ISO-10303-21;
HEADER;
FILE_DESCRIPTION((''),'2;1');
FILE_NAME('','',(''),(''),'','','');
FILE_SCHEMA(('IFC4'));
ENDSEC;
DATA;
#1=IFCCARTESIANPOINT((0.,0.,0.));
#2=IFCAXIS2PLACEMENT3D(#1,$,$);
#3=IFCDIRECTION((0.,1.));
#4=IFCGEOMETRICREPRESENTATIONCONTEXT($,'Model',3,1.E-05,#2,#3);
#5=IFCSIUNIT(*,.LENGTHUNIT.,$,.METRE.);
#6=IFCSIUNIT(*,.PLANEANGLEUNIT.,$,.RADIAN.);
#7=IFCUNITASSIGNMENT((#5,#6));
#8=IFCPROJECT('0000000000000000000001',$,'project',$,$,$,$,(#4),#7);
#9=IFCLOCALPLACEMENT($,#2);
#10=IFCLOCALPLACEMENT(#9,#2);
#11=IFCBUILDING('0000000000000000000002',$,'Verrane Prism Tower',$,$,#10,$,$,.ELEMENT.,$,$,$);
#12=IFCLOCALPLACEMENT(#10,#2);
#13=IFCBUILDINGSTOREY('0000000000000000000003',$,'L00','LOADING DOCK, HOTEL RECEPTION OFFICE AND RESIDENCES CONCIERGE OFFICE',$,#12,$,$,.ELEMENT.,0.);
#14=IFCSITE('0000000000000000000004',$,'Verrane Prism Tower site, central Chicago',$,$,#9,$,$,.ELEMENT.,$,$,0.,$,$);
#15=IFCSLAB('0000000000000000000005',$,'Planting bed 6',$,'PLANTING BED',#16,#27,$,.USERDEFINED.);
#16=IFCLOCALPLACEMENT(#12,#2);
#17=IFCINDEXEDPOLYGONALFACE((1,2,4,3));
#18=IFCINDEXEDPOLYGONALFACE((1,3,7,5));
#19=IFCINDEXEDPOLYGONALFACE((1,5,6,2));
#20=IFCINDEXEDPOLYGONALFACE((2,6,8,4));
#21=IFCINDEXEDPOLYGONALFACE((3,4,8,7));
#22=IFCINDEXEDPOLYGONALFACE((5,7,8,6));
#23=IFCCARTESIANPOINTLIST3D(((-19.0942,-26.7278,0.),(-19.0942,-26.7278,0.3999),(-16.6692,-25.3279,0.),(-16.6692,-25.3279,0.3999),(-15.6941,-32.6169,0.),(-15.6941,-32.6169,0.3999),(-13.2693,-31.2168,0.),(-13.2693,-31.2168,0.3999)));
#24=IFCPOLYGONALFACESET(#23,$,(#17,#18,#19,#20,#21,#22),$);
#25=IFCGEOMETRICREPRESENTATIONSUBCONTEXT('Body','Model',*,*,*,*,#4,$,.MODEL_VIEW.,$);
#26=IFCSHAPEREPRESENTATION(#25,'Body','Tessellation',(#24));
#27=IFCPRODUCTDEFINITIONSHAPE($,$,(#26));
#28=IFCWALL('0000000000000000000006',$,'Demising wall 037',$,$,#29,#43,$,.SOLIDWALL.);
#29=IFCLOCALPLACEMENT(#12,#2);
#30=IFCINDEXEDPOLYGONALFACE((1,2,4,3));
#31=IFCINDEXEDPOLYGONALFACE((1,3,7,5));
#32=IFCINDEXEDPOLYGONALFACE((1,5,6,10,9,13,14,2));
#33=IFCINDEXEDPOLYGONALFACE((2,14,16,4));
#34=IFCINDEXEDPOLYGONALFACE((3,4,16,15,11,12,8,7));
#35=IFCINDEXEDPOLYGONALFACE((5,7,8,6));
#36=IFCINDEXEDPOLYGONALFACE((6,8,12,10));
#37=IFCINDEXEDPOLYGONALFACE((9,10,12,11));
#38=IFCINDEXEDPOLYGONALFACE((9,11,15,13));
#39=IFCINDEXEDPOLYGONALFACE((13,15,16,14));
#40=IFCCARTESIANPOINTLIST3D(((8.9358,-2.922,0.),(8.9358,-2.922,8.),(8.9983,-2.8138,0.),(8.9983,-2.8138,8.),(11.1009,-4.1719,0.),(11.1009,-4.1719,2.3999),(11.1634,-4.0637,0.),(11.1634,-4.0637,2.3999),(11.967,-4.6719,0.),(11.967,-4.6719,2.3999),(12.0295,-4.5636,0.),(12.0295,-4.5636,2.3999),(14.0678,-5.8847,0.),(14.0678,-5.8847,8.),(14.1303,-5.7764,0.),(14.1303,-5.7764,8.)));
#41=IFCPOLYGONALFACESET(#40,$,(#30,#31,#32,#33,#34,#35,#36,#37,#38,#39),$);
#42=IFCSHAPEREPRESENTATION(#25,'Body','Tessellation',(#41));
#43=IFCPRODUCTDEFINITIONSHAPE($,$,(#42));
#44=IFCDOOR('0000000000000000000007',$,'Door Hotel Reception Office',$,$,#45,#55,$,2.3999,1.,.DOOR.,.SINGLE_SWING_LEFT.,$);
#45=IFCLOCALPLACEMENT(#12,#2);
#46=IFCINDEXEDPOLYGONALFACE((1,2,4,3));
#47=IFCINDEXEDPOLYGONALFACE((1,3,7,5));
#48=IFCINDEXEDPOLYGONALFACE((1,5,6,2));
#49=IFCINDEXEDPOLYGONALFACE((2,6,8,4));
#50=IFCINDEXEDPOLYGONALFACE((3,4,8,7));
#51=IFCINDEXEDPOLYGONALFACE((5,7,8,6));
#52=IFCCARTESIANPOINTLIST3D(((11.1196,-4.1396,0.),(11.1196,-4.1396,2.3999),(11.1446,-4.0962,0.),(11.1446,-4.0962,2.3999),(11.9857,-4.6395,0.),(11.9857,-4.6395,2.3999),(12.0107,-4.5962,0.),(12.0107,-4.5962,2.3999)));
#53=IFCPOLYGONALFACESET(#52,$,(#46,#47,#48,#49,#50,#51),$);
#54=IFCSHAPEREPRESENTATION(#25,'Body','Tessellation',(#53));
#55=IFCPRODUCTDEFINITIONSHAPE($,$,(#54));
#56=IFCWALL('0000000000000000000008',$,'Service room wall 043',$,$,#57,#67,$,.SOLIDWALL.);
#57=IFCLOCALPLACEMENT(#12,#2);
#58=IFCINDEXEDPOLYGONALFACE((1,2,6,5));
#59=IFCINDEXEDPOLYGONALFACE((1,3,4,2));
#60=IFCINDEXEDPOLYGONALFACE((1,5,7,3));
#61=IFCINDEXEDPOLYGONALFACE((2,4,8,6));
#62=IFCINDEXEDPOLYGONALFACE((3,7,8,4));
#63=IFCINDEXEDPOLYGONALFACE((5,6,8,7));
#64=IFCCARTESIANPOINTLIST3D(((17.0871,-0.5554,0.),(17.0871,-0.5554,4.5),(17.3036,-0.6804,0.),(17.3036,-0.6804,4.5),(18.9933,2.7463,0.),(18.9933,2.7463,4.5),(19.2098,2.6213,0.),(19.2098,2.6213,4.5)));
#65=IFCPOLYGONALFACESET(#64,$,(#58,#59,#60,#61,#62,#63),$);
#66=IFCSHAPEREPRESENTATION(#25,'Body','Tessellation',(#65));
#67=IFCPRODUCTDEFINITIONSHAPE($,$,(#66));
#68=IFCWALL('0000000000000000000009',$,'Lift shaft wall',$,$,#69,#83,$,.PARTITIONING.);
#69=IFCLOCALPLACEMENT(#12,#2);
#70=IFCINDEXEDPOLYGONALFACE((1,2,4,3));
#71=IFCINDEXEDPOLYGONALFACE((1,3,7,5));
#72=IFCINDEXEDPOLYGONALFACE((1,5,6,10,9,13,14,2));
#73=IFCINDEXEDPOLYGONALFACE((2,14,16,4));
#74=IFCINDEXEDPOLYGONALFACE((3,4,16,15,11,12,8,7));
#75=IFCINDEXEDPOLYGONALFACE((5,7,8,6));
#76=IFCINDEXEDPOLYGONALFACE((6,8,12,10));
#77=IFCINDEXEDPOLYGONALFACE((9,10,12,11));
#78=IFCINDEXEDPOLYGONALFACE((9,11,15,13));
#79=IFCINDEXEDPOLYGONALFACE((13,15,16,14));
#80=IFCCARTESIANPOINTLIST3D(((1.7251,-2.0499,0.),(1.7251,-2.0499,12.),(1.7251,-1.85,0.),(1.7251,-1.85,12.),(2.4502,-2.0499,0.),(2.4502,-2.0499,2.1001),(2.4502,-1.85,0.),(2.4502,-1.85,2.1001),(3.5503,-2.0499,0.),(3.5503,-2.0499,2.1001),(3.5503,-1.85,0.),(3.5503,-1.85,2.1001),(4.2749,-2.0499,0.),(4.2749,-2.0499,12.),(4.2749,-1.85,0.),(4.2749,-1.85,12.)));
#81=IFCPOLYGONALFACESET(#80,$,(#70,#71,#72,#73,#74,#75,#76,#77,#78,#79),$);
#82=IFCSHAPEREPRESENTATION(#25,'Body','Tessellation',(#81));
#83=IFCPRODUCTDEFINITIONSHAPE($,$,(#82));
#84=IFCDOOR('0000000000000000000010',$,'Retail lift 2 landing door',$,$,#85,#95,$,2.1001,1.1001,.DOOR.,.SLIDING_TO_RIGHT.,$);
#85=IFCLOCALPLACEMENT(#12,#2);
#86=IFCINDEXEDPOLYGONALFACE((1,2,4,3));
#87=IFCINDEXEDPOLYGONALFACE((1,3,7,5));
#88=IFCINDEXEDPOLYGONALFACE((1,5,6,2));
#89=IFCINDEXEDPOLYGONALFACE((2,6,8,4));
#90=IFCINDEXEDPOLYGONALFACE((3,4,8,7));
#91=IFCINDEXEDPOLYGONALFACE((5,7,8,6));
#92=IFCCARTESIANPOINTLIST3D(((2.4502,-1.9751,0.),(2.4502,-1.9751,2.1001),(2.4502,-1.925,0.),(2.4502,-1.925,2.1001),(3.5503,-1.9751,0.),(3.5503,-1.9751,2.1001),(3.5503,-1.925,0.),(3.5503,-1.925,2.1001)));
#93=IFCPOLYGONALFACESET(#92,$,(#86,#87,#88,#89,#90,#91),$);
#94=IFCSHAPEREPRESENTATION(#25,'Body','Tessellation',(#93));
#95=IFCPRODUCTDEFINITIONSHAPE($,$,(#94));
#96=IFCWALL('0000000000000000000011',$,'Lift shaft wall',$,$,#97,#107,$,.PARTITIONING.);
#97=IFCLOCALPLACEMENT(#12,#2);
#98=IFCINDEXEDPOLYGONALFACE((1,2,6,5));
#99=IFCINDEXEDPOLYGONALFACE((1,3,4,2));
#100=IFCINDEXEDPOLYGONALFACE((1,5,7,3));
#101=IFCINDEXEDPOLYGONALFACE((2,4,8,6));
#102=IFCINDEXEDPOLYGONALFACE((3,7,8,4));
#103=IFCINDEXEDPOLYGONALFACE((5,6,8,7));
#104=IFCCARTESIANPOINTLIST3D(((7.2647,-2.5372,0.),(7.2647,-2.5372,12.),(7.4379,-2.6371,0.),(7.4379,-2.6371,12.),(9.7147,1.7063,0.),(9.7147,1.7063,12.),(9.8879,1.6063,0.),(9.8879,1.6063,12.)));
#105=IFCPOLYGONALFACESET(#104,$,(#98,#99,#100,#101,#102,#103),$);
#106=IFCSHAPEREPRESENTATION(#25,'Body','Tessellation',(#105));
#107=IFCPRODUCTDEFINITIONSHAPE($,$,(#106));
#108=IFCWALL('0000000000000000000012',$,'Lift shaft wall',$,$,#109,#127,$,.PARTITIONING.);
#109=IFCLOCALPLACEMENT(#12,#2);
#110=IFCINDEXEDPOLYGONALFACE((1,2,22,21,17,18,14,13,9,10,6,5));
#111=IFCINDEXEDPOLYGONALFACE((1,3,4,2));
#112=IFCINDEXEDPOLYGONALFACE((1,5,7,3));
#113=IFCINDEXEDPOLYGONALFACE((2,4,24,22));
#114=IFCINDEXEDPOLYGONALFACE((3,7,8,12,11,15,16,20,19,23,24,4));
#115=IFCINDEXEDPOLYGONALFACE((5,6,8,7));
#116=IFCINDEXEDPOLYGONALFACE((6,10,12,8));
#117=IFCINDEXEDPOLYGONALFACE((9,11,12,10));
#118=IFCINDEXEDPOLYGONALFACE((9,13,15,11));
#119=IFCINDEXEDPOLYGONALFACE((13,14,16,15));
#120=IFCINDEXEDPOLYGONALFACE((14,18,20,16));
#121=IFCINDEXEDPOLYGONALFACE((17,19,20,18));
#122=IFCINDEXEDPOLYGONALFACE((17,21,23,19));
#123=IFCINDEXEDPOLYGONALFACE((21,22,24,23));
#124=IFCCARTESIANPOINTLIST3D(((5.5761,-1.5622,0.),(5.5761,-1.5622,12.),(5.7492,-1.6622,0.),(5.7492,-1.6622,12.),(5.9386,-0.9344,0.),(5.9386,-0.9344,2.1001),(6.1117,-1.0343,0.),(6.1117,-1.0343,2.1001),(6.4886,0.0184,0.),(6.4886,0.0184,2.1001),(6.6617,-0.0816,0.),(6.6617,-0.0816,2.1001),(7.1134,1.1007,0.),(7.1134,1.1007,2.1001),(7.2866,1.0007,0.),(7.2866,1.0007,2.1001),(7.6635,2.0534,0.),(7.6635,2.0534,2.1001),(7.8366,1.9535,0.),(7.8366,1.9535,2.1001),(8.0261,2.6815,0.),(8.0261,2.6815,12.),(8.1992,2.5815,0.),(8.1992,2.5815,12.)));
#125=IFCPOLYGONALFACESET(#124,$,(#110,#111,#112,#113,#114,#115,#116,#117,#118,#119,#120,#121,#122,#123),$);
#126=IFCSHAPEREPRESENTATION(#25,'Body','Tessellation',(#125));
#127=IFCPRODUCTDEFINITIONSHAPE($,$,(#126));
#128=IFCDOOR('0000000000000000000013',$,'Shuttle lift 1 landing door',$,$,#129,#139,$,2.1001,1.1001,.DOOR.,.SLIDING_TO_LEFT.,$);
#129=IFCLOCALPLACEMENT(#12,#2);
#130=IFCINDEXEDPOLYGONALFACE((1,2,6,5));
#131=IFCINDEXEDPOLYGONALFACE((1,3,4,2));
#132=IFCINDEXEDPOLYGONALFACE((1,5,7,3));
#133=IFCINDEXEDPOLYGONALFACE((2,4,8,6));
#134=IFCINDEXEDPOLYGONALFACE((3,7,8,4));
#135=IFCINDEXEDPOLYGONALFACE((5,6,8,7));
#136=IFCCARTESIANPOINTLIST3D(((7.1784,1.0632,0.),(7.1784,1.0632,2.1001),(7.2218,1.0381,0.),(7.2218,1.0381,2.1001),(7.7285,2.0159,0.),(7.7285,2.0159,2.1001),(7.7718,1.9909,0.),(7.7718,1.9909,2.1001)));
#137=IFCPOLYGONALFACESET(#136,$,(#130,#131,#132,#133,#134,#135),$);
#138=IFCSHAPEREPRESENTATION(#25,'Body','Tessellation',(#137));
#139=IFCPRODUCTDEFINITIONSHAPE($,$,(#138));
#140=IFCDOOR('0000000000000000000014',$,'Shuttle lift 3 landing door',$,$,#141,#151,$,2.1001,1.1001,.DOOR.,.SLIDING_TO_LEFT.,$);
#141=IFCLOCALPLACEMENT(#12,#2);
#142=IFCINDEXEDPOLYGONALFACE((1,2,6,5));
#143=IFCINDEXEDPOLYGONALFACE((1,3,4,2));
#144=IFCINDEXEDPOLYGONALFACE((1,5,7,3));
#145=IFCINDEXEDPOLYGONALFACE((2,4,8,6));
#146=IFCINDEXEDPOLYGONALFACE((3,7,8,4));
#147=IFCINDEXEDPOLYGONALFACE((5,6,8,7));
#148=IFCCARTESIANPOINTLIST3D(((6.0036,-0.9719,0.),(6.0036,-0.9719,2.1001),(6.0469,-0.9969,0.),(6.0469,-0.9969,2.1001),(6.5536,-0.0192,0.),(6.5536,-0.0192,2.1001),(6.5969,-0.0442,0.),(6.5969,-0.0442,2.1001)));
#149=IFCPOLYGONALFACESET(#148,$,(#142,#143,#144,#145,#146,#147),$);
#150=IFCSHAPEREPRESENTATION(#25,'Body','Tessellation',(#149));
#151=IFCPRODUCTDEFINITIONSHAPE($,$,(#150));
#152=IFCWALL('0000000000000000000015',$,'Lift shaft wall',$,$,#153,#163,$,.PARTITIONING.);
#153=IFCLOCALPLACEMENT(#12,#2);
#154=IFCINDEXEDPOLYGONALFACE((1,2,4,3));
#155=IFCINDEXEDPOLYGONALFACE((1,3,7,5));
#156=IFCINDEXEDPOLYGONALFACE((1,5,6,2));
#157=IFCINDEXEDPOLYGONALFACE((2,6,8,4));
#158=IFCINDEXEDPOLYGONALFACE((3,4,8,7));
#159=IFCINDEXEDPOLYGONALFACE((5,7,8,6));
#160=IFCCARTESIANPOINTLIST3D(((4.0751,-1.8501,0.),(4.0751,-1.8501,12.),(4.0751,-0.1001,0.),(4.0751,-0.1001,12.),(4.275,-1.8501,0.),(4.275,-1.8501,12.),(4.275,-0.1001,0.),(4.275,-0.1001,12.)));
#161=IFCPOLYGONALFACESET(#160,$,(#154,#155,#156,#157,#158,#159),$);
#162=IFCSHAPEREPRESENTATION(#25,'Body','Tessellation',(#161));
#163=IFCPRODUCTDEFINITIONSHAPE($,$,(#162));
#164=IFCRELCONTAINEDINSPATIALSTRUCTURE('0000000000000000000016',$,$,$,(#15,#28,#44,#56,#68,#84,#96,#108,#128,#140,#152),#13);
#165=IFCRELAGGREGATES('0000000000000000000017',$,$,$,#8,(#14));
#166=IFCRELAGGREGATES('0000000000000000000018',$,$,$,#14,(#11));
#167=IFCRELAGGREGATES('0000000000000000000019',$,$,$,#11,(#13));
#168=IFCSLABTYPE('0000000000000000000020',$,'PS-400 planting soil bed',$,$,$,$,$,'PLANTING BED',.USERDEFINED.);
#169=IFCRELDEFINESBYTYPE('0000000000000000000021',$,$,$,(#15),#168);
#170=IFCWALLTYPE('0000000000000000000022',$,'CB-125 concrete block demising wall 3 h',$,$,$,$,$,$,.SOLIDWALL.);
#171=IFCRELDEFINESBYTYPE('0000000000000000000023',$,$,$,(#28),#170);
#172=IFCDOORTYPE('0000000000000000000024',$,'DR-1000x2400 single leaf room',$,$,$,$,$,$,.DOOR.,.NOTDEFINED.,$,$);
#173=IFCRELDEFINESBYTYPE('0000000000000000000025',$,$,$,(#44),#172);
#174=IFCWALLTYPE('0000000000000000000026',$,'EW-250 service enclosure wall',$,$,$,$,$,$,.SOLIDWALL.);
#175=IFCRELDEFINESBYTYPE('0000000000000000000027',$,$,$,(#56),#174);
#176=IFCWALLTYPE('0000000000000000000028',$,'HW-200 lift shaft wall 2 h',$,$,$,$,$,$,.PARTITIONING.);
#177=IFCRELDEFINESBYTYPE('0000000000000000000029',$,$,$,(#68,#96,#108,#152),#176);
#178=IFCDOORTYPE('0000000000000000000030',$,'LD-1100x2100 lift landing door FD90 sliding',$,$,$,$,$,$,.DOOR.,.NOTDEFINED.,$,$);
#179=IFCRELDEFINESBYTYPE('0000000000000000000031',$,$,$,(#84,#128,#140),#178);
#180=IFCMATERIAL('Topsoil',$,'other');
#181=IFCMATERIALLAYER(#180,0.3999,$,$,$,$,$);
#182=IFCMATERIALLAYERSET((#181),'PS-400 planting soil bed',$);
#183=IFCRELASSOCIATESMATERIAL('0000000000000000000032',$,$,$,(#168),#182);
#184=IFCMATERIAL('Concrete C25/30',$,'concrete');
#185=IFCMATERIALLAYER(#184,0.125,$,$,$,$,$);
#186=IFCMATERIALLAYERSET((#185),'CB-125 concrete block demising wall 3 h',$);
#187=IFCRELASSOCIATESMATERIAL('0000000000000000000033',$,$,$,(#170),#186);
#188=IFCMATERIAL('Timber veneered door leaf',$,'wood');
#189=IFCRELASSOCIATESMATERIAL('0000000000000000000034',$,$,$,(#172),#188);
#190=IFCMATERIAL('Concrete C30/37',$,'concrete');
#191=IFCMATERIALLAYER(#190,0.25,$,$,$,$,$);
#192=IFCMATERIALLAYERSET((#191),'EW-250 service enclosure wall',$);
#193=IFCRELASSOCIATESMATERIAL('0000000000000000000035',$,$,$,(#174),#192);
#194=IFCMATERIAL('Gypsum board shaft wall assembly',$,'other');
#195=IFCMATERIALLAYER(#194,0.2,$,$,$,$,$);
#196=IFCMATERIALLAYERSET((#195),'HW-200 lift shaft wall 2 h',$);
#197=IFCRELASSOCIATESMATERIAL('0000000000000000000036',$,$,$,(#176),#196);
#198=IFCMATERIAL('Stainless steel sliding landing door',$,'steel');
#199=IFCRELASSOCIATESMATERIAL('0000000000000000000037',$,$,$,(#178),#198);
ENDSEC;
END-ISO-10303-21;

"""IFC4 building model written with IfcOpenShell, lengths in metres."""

from ifc_helpers import new_model, si_unit, direction, frame, frame_2d, origin, place, context, subcontext, project, spatial, polyline, rectangle, outline, extrude, material, layer, layer_set, type_object, element, fill, save


model = new_model("IFC4")

# Units and contexts
model_context = context("Model", 3, precision=1e-05, world=origin(), true_north=direction((0.0, 1.0)))
body_context = subcontext(model_context, "Body", "Model", "MODEL_VIEW")
ifc_project = project(units=[si_unit("LENGTHUNIT", "METRE"), si_unit("PLANEANGLEUNIT", "RADIAN")], contexts=[model_context])

# Site, building, storey
site_placement = place(None, origin())
site = spatial("IfcSite", under=ifc_project, at=site_placement, Name="Verrane Prism Tower site, central Chicago", CompositionType="ELEMENT", RefElevation=0.0)
building_placement = place(site_placement, origin())
building = spatial("IfcBuilding", under=site, at=building_placement, Name="Verrane Prism Tower", CompositionType="ELEMENT")
storey_placement = place(building_placement, origin())
storey = spatial("IfcBuildingStorey", under=building, at=storey_placement, Name="L00", Description="LOADING DOCK, HOTEL RECEPTION OFFICE AND RESIDENCES CONCIERGE OFFICE", CompositionType="ELEMENT", Elevation=0.0)

# Slab
ifc_material_1 = material(Name="Topsoil", Category="other")
ifc_layer_1 = layer(ifc_material_1, 0.3999)
ifc_layer_set_1 = layer_set([ifc_layer_1], Name="PS-400 planting soil bed")
slab_type = type_object("IfcSlabType", Name="PS-400 planting soil bed", ElementType="PLANTING BED", PredefinedType="USERDEFINED", material=ifc_layer_set_1)
slab_placement = place(storey_placement, origin())
element("IfcSlab", 1, at=slab_placement, inside=storey, type_object=slab_type, Name="Planting bed 6", ObjectType="PLANTING BED", PredefinedType="USERDEFINED", context=body_context, shape_type="SweptSolid", body=[
    extrude(outline(polyline([(-19.0942, -26.7278), (-15.6941, -32.6169), (-13.2693, -31.2168), (-16.6692, -25.3279), (-19.0942, -26.7278)])), origin(), (0.0, 0.0, 1.0), 0.3999),
])

# Wall, opening, door
ifc_material_2 = material(Name="Concrete C25/30", Category="concrete")
ifc_layer_2 = layer(ifc_material_2, 0.125)
ifc_layer_set_2 = layer_set([ifc_layer_2], Name="CB-125 concrete block demising wall 3 h")
wall_type_1 = type_object("IfcWallType", Name="CB-125 concrete block demising wall 3 h", PredefinedType="SOLIDWALL", material=ifc_layer_set_2)
wall_1_placement = place(storey_placement, frame((8.967, -2.8679, 0.0), z_axis=(0.0, 0.0, 1.0), x_axis=(0.866052, -0.499954, 0.0)))
wall_1 = element("IfcWall", 2, at=wall_1_placement, inside=storey, type_object=wall_type_1, Name="Demising wall 037", PredefinedType="SOLIDWALL", context=body_context, shape_type="SweptSolid", body=[
    extrude(rectangle(XDim=5.9258, YDim=0.125, at=frame_2d((2.9629, 0.0))), origin(), (0.0, 0.0, 1.0), 8.0),
])
opening_1_placement = place(wall_1_placement, frame((2.5, 0.0, 0.0)))
opening_1 = element("IfcOpeningElement", 3, at=opening_1_placement, cuts=wall_1, PredefinedType="OPENING", context=body_context, shape_type="SweptSolid", body=[
    extrude(rectangle(XDim=1.0, YDim=2.3999, at=frame_2d((0.5, 1.2))), frame((0.0, 0.0725, 0.0), z_axis=(0.0, -1.0, 0.0), x_axis=(1.0, 0.0, 0.0)), (0.0, 0.0, 1.0), 0.145),
])
ifc_material_3 = material(Name="Timber veneered door leaf", Category="wood")
door_type_1 = type_object("IfcDoorType", Name="DR-1000x2400 single leaf room", OperationType="NOTDEFINED", PredefinedType="DOOR", material=ifc_material_3)
door_1_placement = place(opening_1_placement, origin())
door_1 = element("IfcDoor", 4, at=door_1_placement, inside=storey, type_object=door_type_1, Name="Door Hotel Reception Office", OperationType="SINGLE_SWING_LEFT", OverallHeight=2.3999, OverallWidth=1.0, PredefinedType="DOOR", context=body_context, shape_type="SweptSolid", body=[
    extrude(rectangle(XDim=1.0, YDim=2.3999, at=frame_2d((0.5, 1.2))), frame((0.0, 0.0249, 0.0), z_axis=(0.0, -1.0, 0.0), x_axis=(1.0, 0.0, 0.0)), (0.0, 0.0, 1.0), 0.05),
])
fill(opening_1, door_1)

# Wall
ifc_material_4 = material(Name="Concrete C30/37", Category="concrete")
ifc_layer_3 = layer(ifc_material_4, 0.25)
ifc_layer_set_3 = layer_set([ifc_layer_3], Name="EW-250 service enclosure wall")
wall_type_2 = type_object("IfcWallType", Name="EW-250 service enclosure wall", PredefinedType="SOLIDWALL", material=ifc_layer_set_3)
wall_2_placement = place(storey_placement, frame((17.1953, -0.6179, 0.0), z_axis=(0.0, 0.0, 1.0), x_axis=(0.499996, 0.866028, 0.0)))
element("IfcWall", 5, at=wall_2_placement, inside=storey, type_object=wall_type_2, Name="Service room wall 043", PredefinedType="SOLIDWALL", context=body_context, shape_type="SweptSolid", body=[
    extrude(rectangle(XDim=3.8125, YDim=0.25, at=frame_2d((1.9062, 0.0))), origin(), (0.0, 0.0, 1.0), 4.5),
])

# Wall, opening, door
ifc_material_5 = material(Name="Gypsum board shaft wall assembly", Category="other")
ifc_layer_4 = layer(ifc_material_5, 0.2)
ifc_layer_set_4 = layer_set([ifc_layer_4], Name="HW-200 lift shaft wall 2 h")
wall_type_3 = type_object("IfcWallType", Name="HW-200 lift shaft wall 2 h", PredefinedType="PARTITIONING", material=ifc_layer_set_4)
wall_3_placement = place(storey_placement, frame((1.7251, -1.95, 0.0), z_axis=(0.0, 0.0, 1.0), x_axis=(1.0, 0.0, 0.0)))
wall_3 = element("IfcWall", 6, at=wall_3_placement, inside=storey, type_object=wall_type_3, Name="Lift shaft wall", PredefinedType="PARTITIONING", context=body_context, shape_type="SweptSolid", body=[
    extrude(rectangle(XDim=2.5498, YDim=0.2, at=frame_2d((1.2749, 0.0))), origin(), (0.0, 0.0, 1.0), 12.0),
])
opening_2_placement = place(wall_3_placement, frame((0.7251, 0.0, 0.0)))
opening_2 = element("IfcOpeningElement", 7, at=opening_2_placement, cuts=wall_3, PredefinedType="OPENING", context=body_context, shape_type="SweptSolid", body=[
    extrude(rectangle(XDim=1.1001, YDim=2.1001, at=frame_2d((0.55, 1.05))), frame((0.0, 0.1099, 0.0), z_axis=(0.0, -1.0, 0.0), x_axis=(1.0, 0.0, 0.0)), (0.0, 0.0, 1.0), 0.22),
])
ifc_material_6 = material(Name="Stainless steel sliding landing door", Category="steel")
door_type_2 = type_object("IfcDoorType", Name="LD-1100x2100 lift landing door FD90 sliding", OperationType="NOTDEFINED", PredefinedType="DOOR", material=ifc_material_6)
door_2_placement = place(opening_2_placement, origin())
door_2 = element("IfcDoor", 8, at=door_2_placement, inside=storey, type_object=door_type_2, Name="Retail lift 2 landing door", OperationType="SLIDING_TO_RIGHT", OverallHeight=2.1001, OverallWidth=1.1001, PredefinedType="DOOR", context=body_context, shape_type="SweptSolid", body=[
    extrude(rectangle(XDim=1.1001, YDim=2.1001, at=frame_2d((0.55, 1.05))), frame((0.0, 0.0249, 0.0), z_axis=(0.0, -1.0, 0.0), x_axis=(1.0, 0.0, 0.0)), (0.0, 0.0, 1.0), 0.05),
])
fill(opening_2, door_2)

# Wall
wall_4_placement = place(storey_placement, frame((7.3513, -2.5872, 0.0), z_axis=(0.0, 0.0, 1.0), x_axis=(0.500003, 0.866024, 0.0)))
element("IfcWall", 9, at=wall_4_placement, inside=storey, type_object=wall_type_3, Name="Lift shaft wall", PredefinedType="PARTITIONING", context=body_context, shape_type="SweptSolid", body=[
    extrude(rectangle(XDim=4.8999, YDim=0.2, at=frame_2d((2.45, 0.0))), origin(), (0.0, 0.0, 1.0), 12.0),
])

# Wall, openings, doors
wall_5_placement = place(storey_placement, frame((5.6626, -1.6123, 0.0), z_axis=(0.0, 0.0, 1.0), x_axis=(0.499981, 0.866036, 0.0)))
wall_5 = element("IfcWall", 10, at=wall_5_placement, inside=storey, type_object=wall_type_3, Name="Lift shaft wall", PredefinedType="PARTITIONING", context=body_context, shape_type="SweptSolid", body=[
    extrude(rectangle(XDim=4.9001, YDim=0.2, at=frame_2d((2.4502, 0.0))), origin(), (0.0, 0.0, 1.0), 12.0),
])
opening_3_placement = place(wall_5_placement, frame((3.075, 0.0, 0.0)))
opening_3 = element("IfcOpeningElement", 11, at=opening_3_placement, cuts=wall_5, PredefinedType="OPENING", context=body_context, shape_type="SweptSolid", body=[
    extrude(rectangle(XDim=1.1001, YDim=2.1001, at=frame_2d((0.55, 1.05))), frame((0.0, 0.1099, 0.0), z_axis=(0.0, -1.0, 0.0), x_axis=(1.0, 0.0, 0.0)), (0.0, 0.0, 1.0), 0.22),
])
opening_4_placement = place(wall_5_placement, frame((0.7251, 0.0, 0.0)))
opening_4 = element("IfcOpeningElement", 12, at=opening_4_placement, cuts=wall_5, PredefinedType="OPENING", context=body_context, shape_type="SweptSolid", body=[
    extrude(rectangle(XDim=1.1001, YDim=2.1001, at=frame_2d((0.55, 1.05))), frame((0.0, 0.1099, 0.0), z_axis=(0.0, -1.0, 0.0), x_axis=(1.0, 0.0, 0.0)), (0.0, 0.0, 1.0), 0.22),
])
door_3_placement = place(opening_3_placement, origin())
door_3 = element("IfcDoor", 13, at=door_3_placement, inside=storey, type_object=door_type_2, Name="Shuttle lift 1 landing door", OperationType="SLIDING_TO_LEFT", OverallHeight=2.1001, OverallWidth=1.1001, PredefinedType="DOOR", context=body_context, shape_type="SweptSolid", body=[
    extrude(rectangle(XDim=1.1001, YDim=2.1001, at=frame_2d((0.55, 1.05))), frame((0.0, 0.0249, 0.0), z_axis=(0.0, -1.0, 0.0), x_axis=(1.0, 0.0, 0.0)), (0.0, 0.0, 1.0), 0.05),
])
fill(opening_3, door_3)
door_4_placement = place(opening_4_placement, origin())
door_4 = element("IfcDoor", 14, at=door_4_placement, inside=storey, type_object=door_type_2, Name="Shuttle lift 3 landing door", OperationType="SLIDING_TO_LEFT", OverallHeight=2.1001, OverallWidth=1.1001, PredefinedType="DOOR", context=body_context, shape_type="SweptSolid", body=[
    extrude(rectangle(XDim=1.1001, YDim=2.1001, at=frame_2d((0.55, 1.05))), frame((0.0, 0.0249, 0.0), z_axis=(0.0, -1.0, 0.0), x_axis=(1.0, 0.0, 0.0)), (0.0, 0.0, 1.0), 0.05),
])
fill(opening_4, door_4)

# Wall
for number, where, z_axis, x_axis, name in (
    (15, (4.175, -1.8501, 0.0), (0.0, 0.0, 1.0), (0.0, 1.0, 0.0), "Lift shaft wall"),
):
    element("IfcWall", number, at=place(storey_placement, frame(where, z_axis=z_axis, x_axis=x_axis)), inside=storey, type_object=wall_type_3, Name=name, PredefinedType="PARTITIONING", context=body_context, shape_type="SweptSolid", body=[
        extrude(rectangle(XDim=1.75, YDim=0.2, at=frame_2d((0.875, 0.0))), origin(), (0.0, 0.0, 1.0), 12.0),
    ])

save(model, "model.ifc")
